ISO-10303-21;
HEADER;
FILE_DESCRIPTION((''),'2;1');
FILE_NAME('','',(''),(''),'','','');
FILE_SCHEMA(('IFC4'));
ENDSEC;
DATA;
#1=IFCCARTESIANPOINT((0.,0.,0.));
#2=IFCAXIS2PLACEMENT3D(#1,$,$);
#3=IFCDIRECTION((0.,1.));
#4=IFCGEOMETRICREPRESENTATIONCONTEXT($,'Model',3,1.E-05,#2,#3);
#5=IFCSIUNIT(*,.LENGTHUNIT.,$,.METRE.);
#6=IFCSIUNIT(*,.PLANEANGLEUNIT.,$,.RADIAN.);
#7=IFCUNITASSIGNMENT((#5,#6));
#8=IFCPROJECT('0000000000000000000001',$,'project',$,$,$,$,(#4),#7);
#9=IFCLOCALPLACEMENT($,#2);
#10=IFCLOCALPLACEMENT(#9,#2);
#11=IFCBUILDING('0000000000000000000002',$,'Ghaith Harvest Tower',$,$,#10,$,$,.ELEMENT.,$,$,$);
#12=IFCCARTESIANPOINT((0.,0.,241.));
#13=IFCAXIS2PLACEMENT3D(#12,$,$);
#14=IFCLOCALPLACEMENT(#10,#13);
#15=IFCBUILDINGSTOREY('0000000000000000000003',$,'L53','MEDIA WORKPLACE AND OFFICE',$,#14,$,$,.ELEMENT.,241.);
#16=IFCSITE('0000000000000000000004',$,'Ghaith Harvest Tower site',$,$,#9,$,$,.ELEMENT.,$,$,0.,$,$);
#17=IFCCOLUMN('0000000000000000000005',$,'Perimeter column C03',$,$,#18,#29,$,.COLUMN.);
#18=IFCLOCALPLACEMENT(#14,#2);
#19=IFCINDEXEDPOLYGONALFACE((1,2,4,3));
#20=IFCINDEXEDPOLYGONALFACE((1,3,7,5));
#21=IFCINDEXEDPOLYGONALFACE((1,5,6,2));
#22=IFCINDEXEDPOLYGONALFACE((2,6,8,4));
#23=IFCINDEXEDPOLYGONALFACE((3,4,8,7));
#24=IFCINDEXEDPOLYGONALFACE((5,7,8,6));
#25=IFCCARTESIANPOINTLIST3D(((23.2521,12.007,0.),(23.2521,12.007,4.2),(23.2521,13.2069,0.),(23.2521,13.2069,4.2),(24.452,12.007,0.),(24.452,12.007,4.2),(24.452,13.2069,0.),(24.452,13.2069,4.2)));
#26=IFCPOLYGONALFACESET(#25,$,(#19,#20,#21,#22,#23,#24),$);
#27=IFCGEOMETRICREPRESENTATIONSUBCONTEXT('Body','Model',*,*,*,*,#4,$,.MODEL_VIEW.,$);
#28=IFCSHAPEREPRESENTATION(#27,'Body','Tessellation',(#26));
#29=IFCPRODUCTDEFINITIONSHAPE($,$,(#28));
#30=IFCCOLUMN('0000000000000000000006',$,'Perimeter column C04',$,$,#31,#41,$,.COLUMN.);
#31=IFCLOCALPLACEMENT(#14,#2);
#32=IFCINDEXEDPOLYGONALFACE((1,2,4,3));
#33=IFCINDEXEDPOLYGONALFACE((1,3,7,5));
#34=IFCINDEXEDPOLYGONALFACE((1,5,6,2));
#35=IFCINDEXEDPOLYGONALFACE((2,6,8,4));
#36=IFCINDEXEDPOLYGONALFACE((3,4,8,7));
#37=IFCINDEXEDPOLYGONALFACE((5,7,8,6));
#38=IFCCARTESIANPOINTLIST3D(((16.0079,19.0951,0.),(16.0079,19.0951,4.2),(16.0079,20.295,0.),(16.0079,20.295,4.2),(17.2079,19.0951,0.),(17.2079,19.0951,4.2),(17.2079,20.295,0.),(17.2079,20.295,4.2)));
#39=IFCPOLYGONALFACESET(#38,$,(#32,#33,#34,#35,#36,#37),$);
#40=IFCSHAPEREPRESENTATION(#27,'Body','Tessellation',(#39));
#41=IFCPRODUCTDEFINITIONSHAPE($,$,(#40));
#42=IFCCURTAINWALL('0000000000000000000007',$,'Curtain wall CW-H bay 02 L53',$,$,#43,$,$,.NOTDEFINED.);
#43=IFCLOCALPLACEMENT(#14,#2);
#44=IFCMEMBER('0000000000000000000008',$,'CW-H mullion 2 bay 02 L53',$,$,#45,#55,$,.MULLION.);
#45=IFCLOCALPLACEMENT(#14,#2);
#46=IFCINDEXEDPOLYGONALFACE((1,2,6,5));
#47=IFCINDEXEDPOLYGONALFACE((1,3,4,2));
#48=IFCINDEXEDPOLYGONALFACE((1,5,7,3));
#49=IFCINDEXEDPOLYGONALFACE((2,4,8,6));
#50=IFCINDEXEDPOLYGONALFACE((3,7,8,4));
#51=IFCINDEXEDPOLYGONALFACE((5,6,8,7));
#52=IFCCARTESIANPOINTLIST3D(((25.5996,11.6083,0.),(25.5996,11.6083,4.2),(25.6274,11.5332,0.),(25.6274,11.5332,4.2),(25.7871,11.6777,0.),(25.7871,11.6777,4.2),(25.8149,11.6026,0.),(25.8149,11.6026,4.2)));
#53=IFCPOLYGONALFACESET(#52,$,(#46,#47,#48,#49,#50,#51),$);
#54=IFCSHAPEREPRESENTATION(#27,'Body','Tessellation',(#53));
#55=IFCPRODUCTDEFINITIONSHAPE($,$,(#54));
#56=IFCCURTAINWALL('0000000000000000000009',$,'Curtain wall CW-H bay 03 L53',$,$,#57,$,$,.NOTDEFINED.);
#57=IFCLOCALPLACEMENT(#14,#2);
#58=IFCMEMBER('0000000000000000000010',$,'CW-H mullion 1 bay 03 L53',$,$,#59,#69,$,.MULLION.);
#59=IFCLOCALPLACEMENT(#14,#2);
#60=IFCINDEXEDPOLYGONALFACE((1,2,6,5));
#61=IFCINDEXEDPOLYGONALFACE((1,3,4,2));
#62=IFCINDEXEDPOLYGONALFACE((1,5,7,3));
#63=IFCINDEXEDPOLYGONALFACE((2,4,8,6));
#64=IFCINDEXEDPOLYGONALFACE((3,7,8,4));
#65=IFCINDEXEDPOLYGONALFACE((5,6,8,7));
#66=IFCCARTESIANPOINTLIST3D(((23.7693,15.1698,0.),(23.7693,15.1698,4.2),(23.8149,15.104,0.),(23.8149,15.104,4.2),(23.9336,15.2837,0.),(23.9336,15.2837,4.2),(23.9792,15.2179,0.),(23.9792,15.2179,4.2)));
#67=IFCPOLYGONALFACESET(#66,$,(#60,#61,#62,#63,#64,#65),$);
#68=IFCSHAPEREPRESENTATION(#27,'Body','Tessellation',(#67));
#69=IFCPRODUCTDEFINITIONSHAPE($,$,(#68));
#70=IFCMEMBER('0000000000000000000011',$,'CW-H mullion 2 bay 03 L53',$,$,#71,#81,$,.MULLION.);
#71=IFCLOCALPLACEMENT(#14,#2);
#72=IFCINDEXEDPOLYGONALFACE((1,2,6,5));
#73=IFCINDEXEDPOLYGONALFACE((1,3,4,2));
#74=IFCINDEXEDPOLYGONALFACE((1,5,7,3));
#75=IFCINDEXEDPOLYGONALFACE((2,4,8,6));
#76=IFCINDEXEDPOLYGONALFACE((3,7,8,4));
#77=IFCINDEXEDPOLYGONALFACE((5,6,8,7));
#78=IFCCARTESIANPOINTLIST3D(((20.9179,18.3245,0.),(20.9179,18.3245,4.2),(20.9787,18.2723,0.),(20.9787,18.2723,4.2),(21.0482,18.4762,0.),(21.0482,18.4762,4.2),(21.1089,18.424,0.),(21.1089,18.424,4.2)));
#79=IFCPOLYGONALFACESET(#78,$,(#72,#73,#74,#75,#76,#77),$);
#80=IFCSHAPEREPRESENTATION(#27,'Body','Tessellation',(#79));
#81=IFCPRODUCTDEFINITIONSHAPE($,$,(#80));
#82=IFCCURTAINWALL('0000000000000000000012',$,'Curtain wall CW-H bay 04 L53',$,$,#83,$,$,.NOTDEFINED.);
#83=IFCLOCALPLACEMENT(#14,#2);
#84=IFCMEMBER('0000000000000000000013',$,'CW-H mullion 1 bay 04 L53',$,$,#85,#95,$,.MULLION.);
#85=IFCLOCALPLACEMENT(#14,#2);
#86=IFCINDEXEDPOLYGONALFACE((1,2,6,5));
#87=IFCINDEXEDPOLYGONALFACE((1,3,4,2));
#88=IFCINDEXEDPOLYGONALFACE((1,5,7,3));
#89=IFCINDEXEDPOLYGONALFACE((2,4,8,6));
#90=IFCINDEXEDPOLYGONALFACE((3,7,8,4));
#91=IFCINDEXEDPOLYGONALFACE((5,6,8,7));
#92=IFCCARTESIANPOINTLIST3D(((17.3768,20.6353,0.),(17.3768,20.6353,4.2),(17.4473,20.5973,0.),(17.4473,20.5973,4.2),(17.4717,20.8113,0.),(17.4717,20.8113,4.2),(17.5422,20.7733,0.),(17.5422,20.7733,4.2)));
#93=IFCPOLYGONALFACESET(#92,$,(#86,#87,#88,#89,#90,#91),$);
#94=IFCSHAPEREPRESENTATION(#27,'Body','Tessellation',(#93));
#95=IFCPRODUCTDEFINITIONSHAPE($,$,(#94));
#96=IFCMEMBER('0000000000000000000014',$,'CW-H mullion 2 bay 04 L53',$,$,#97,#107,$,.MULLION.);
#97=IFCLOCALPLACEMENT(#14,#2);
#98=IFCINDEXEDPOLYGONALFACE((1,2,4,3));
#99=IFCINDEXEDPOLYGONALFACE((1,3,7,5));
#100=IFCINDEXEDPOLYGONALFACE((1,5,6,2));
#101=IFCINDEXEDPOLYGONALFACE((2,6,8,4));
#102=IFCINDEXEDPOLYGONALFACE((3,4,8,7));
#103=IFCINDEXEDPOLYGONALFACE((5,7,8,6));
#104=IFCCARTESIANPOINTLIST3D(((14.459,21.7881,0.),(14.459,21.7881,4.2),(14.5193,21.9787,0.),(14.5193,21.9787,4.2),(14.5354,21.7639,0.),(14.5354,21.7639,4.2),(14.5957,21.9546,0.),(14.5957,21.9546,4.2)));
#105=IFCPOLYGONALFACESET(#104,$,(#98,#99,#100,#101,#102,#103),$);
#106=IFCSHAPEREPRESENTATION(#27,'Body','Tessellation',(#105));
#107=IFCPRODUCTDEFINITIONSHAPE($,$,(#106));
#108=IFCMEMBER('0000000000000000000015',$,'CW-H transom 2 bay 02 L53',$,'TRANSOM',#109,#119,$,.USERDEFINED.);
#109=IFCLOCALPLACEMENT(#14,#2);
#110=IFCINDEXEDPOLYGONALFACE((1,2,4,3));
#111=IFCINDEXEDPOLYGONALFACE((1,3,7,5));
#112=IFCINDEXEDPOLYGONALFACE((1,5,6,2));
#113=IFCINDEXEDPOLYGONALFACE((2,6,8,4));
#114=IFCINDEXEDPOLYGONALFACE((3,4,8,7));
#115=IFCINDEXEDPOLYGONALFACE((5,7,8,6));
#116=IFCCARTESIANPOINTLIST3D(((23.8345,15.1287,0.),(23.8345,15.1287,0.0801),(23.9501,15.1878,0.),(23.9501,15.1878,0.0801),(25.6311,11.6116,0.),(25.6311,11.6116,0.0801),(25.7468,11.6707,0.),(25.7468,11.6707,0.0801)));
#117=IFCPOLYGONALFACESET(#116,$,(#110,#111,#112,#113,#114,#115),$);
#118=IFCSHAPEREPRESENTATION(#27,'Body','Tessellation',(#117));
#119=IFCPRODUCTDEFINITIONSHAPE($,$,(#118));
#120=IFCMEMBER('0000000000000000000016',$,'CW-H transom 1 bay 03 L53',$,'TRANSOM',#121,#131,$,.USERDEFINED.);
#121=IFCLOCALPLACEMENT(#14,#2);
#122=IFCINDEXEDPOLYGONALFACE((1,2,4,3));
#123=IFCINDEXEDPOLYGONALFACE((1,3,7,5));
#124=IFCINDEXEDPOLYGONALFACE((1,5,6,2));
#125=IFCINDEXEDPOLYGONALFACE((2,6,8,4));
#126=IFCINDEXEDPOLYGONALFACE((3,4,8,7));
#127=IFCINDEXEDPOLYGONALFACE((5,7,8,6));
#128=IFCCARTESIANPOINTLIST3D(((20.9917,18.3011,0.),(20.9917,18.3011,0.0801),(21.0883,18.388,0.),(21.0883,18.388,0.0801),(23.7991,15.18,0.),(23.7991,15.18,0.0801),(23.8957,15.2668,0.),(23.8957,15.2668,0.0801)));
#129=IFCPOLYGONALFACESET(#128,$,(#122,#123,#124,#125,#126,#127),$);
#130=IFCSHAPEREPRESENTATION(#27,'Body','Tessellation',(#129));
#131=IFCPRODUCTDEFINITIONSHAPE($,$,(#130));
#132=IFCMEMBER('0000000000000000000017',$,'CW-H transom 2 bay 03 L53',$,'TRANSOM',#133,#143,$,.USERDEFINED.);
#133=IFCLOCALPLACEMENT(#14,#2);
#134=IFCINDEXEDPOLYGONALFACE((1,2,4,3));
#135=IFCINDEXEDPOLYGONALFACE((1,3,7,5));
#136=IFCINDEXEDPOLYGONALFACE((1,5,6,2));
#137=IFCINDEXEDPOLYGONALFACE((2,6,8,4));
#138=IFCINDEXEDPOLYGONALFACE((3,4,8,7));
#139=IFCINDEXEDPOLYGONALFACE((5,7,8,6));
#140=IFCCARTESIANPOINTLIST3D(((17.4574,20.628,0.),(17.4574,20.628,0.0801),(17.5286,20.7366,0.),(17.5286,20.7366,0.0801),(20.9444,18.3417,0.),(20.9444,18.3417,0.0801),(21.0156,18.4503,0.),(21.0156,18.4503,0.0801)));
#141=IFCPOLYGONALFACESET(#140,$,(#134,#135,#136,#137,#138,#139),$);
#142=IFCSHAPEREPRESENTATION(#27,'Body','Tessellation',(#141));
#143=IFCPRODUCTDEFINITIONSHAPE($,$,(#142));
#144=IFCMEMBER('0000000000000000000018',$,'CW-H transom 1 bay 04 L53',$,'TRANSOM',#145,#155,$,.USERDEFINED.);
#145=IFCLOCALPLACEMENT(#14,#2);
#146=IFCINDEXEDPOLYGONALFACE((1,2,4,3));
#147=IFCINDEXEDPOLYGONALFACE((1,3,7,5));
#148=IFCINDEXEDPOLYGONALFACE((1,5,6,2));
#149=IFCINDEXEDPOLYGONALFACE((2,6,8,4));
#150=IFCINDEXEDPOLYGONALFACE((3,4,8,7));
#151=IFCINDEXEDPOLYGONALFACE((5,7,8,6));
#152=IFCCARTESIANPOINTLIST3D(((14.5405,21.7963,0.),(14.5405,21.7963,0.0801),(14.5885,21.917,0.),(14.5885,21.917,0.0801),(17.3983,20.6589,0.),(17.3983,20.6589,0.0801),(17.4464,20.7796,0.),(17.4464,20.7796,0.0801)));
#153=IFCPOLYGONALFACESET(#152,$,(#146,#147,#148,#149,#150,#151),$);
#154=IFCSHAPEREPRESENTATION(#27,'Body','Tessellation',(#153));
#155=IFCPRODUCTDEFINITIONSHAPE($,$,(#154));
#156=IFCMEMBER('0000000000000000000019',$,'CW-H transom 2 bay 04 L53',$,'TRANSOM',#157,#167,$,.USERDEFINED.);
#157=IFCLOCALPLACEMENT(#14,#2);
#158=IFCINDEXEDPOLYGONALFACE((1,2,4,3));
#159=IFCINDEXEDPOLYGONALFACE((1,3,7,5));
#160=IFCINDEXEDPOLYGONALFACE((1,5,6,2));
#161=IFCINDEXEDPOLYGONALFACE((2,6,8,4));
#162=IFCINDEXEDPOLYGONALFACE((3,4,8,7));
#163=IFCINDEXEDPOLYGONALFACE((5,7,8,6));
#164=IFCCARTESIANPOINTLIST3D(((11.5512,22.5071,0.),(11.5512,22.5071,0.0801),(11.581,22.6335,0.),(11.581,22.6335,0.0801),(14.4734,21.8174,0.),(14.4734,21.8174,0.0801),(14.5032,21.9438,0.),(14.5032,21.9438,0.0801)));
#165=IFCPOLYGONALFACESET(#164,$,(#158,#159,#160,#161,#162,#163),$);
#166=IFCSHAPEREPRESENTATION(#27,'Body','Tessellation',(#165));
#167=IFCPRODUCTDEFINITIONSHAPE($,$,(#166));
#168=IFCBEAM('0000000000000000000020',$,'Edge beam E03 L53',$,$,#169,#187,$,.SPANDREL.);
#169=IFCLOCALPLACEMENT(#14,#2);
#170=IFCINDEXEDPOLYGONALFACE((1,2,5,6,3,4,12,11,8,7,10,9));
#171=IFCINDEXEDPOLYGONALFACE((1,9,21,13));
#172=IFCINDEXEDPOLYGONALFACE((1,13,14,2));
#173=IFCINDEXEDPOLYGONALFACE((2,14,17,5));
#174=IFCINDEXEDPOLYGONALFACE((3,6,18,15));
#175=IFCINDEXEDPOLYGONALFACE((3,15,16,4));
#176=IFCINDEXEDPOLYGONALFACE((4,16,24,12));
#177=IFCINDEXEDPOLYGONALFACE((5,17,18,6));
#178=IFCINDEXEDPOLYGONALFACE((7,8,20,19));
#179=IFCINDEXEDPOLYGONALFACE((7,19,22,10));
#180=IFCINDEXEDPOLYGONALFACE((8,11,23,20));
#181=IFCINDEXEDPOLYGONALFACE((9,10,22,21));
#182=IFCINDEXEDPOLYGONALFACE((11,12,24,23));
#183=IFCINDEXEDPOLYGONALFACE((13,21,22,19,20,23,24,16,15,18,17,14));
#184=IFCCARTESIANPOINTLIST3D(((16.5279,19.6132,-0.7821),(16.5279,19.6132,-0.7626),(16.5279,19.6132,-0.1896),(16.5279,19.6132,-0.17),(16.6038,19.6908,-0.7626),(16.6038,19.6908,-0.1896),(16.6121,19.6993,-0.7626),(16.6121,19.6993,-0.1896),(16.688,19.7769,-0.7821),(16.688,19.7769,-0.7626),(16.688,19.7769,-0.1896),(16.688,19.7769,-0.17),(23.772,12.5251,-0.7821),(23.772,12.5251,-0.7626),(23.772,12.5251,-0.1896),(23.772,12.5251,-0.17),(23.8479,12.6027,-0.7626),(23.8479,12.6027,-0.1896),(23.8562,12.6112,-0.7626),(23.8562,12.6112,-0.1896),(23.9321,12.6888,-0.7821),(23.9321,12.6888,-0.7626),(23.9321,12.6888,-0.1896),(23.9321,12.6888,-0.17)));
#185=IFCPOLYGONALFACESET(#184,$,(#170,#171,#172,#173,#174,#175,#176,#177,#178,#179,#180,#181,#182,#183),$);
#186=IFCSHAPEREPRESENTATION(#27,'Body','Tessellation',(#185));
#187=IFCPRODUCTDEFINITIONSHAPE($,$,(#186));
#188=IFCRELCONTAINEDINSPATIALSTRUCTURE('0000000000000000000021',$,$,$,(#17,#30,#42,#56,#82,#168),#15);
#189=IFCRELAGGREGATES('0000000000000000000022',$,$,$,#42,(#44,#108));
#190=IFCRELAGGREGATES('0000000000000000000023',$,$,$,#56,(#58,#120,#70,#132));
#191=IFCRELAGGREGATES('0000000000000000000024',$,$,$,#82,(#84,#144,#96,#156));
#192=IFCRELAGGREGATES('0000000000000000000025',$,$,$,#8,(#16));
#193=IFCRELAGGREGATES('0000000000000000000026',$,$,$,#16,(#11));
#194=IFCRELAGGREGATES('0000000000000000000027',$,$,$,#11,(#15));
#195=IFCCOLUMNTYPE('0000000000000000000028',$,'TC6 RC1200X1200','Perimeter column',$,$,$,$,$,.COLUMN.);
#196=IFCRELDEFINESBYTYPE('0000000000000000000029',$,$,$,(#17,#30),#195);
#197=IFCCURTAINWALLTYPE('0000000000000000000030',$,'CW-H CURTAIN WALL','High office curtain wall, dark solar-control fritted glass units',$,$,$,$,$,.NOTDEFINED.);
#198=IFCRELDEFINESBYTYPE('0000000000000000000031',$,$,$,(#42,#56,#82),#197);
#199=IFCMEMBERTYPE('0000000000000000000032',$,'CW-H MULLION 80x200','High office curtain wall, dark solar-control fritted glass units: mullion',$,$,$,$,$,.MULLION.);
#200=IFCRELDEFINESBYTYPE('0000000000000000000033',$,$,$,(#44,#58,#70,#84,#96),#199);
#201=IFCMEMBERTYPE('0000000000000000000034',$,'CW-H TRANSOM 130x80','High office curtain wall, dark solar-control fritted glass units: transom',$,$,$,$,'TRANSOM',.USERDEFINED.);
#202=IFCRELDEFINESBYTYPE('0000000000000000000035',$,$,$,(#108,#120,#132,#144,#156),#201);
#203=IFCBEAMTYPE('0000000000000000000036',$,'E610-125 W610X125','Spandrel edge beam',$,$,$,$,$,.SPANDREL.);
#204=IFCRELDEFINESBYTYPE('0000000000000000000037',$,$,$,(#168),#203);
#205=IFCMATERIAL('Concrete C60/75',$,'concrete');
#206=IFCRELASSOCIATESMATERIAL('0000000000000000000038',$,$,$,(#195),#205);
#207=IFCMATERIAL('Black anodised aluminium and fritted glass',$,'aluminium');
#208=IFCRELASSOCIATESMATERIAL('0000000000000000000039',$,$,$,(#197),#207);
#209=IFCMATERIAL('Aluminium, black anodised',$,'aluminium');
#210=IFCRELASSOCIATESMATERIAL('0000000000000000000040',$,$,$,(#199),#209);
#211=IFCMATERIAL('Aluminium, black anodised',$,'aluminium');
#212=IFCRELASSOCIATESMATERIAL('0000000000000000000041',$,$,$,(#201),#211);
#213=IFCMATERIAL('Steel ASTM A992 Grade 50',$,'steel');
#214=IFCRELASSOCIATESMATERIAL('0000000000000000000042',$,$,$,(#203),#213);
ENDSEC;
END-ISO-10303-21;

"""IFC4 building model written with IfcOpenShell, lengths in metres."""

from ifc_helpers import new_model, si_unit, direction, frame, origin, origin_2d, place, context, subcontext, project, spatial, rectangle, i_section, extrude, material, material_profile, profile_set, type_object, element, aggregate, save


model = new_model("IFC4")

# Units and contexts
model_context = context("Model", 3, precision=1e-05, world=origin(), true_north=direction((0.0, 1.0)))
body_context = subcontext(model_context, "Body", "Model", "MODEL_VIEW")
ifc_project = project(units=[si_unit("LENGTHUNIT", "METRE"), si_unit("PLANEANGLEUNIT", "RADIAN")], contexts=[model_context])

# Site, building, storey
site_placement = place(None, origin())
site = spatial("IfcSite", under=ifc_project, at=site_placement, Name="Ghaith Harvest Tower site", CompositionType="ELEMENT", RefElevation=0.0)
building_placement = place(site_placement, origin())
building = spatial("IfcBuilding", under=site, at=building_placement, Name="Ghaith Harvest Tower", CompositionType="ELEMENT")
storey_placement = place(building_placement, frame((0.0, 0.0, 241.0)))
storey = spatial("IfcBuildingStorey", under=building, at=storey_placement, Name="L53", Description="MEDIA WORKPLACE AND OFFICE", CompositionType="ELEMENT", Elevation=241.0)

# Columns
ifc_material_1 = material(Name="Concrete C60/75", Category="concrete")
ifc_material_profile_1 = material_profile(ifc_material_1, rectangle(XDim=1.2, YDim=1.2, at=origin_2d()), Name="RC1200X1200")
ifc_profile_set_1 = profile_set([ifc_material_profile_1], Name="Concrete C60/75")
column_type = type_object("IfcColumnType", Name="TC6 RC1200X1200", Description="Perimeter column", PredefinedType="COLUMN", material=ifc_profile_set_1)
for number, where, z_axis, x_axis, name in (
    (1, (23.8521, 12.6069, 0.0), (0.0, 0.0, 1.0), (1.0, 0.0, 0.0), "Perimeter column C03"),
    (2, (16.6079, 19.6951, 0.0), (0.0, 0.0, 1.0), (1.0, 0.0, 0.0), "Perimeter column C04"),
):
    element("IfcColumn", number, at=place(storey_placement, frame(where, z_axis=z_axis, x_axis=x_axis)), inside=storey, type_object=column_type, Name=name, PredefinedType="COLUMN", context=body_context, shape_type="SweptSolid", body=[
        extrude(rectangle(XDim=1.2, YDim=1.2, at=origin_2d()), origin(), (0.0, 0.0, 1.0), 4.2),
    ])

# Curtain wall, member
ifc_material_2 = material(Name="Black anodised aluminium and fritted glass", Category="aluminium")
curtain_wall_type = type_object("IfcCurtainWallType", Name="CW-H CURTAIN WALL", Description="High office curtain wall, dark solar-control fritted glass units", PredefinedType="NOTDEFINED", material=ifc_material_2)
curtain_wall_1_placement = place(storey_placement, origin())
curtain_wall_1 = element("IfcCurtainWall", 3, at=curtain_wall_1_placement, inside=storey, type_object=curtain_wall_type, Name="Curtain wall CW-H bay 02 L53", PredefinedType="NOTDEFINED")
ifc_material_3 = material(Name="Aluminium, black anodised", Category="aluminium")
ifc_material_profile_2 = material_profile(ifc_material_3, rectangle(XDim=0.0801, YDim=0.2, at=origin_2d()), Name="CW-H MULLION 80x200")
ifc_profile_set_2 = profile_set([ifc_material_profile_2], Name="Aluminium, black anodised")
member_type_1 = type_object("IfcMemberType", Name="CW-H MULLION 80x200", Description="High office curtain wall, dark solar-control fritted glass units: mullion", PredefinedType="MULLION", material=ifc_profile_set_2)
member_1_placement = place(storey_placement, frame((25.7073, 11.6055, 0.0), z_axis=(0.0, 0.0, 1.0), x_axis=(-0.347012, 0.937861, 0.0)))
member_1 = element("IfcMember", 4, at=member_1_placement, type_object=member_type_1, Name="CW-H mullion 2 bay 02 L53", PredefinedType="MULLION", context=body_context, shape_type="SweptSolid", body=[
    extrude(rectangle(XDim=0.0801, YDim=0.2, at=origin_2d()), origin(), (0.0, 0.0, 1.0), 4.2),
])

# Curtain walls, members
curtain_wall_2_placement = place(storey_placement, origin())
curtain_wall_2 = element("IfcCurtainWall", 5, at=curtain_wall_2_placement, inside=storey, type_object=curtain_wall_type, Name="Curtain wall CW-H bay 03 L53", PredefinedType="NOTDEFINED")
member_2_placement = place(storey_placement, frame((23.8743, 15.1938, 0.0), z_axis=(0.0, 0.0, 1.0), x_axis=(-0.569847, 0.821751, 0.0)))
member_2 = element("IfcMember", 6, at=member_2_placement, type_object=member_type_1, Name="CW-H mullion 1 bay 03 L53", PredefinedType="MULLION", context=body_context, shape_type="SweptSolid", body=[
    extrude(rectangle(XDim=0.0801, YDim=0.2, at=origin_2d()), origin(), (0.0, 0.0, 1.0), 4.2),
])
member_3_placement = place(storey_placement, frame((21.0134, 18.3743, 0.0), z_axis=(0.0, 0.0, 1.0), x_axis=(-0.758541, 0.651625, 0.0)))
member_3 = element("IfcMember", 7, at=member_3_placement, type_object=member_type_1, Name="CW-H mullion 2 bay 03 L53", PredefinedType="MULLION", context=body_context, shape_type="SweptSolid", body=[
    extrude(rectangle(XDim=0.0801, YDim=0.2, at=origin_2d()), origin(), (0.0, 0.0, 1.0), 4.2),
])
curtain_wall_3_placement = place(storey_placement, origin())
curtain_wall_3 = element("IfcCurtainWall", 8, at=curtain_wall_3_placement, inside=storey, type_object=curtain_wall_type, Name="Curtain wall CW-H bay 04 L53", PredefinedType="NOTDEFINED")
member_4_placement = place(storey_placement, frame((17.4595, 20.7043, 0.0), z_axis=(0.0, 0.0, 1.0), x_axis=(-0.880203, 0.474597, 0.0)))
member_4 = element("IfcMember", 9, at=member_4_placement, type_object=member_type_1, Name="CW-H mullion 1 bay 04 L53", PredefinedType="MULLION", context=body_context, shape_type="SweptSolid", body=[
    extrude(rectangle(XDim=0.0801, YDim=0.2, at=origin_2d()), origin(), (0.0, 0.0, 1.0), 4.2),
])
member_5_placement = place(storey_placement, frame((14.5273, 21.8713, 0.0), z_axis=(0.0, 0.0, 1.0), x_axis=(-0.953503, 0.301384, 0.0)))
member_5 = element("IfcMember", 10, at=member_5_placement, type_object=member_type_1, Name="CW-H mullion 2 bay 04 L53", PredefinedType="MULLION", context=body_context, shape_type="SweptSolid", body=[
    extrude(rectangle(XDim=0.0801, YDim=0.2, at=origin_2d()), origin(), (0.0, 0.0, 1.0), 4.2),
])

# Members
ifc_material_4 = material(Name="Aluminium, black anodised", Category="aluminium")
ifc_material_profile_3 = material_profile(ifc_material_4, rectangle(XDim=0.1299, YDim=0.0801, at=origin_2d()), Name="CW-H TRANSOM 130x80")
ifc_profile_set_3 = profile_set([ifc_material_profile_3], Name="Aluminium, black anodised")
member_type_2 = type_object("IfcMemberType", Name="CW-H TRANSOM 130x80", Description="High office curtain wall, dark solar-control fritted glass units: transom", ElementType="TRANSOM", PredefinedType="USERDEFINED", material=ifc_profile_set_3)
member_6_placement = place(storey_placement, frame((25.689, 11.6411, 0.04), z_axis=(-0.454912, 0.890537, 0.0), x_axis=(-0.890537, -0.454912, 0.0)))
member_6 = element("IfcMember", 11, at=member_6_placement, type_object=member_type_2, Name="CW-H transom 2 bay 02 L53", ObjectType="TRANSOM", PredefinedType="USERDEFINED", context=body_context, shape_type="SweptSolid", body=[
    extrude(rectangle(XDim=0.1299, YDim=0.0801, at=origin_2d()), origin(), (0.0, 0.0, 1.0), 3.9495),
])
member_7_placement = place(storey_placement, frame((23.8474, 15.2234, 0.04), z_axis=(-0.668753, 0.743485, 0.0), x_axis=(-0.743485, -0.668753, 0.0)))
member_7 = element("IfcMember", 12, at=member_7_placement, type_object=member_type_2, Name="CW-H transom 1 bay 03 L53", ObjectType="TRANSOM", PredefinedType="USERDEFINED", context=body_context, shape_type="SweptSolid", body=[
    extrude(rectangle(XDim=0.1299, YDim=0.0801, at=origin_2d()), origin(), (0.0, 0.0, 1.0), 4.198),
])
member_8_placement = place(storey_placement, frame((20.98, 18.396, 0.04), z_axis=(-0.836269, 0.54832, 0.0), x_axis=(-0.54832, -0.836269, 0.0)))
member_8 = element("IfcMember", 13, at=member_8_placement, type_object=member_type_2, Name="CW-H transom 2 bay 03 L53", ObjectType="TRANSOM", PredefinedType="USERDEFINED", context=body_context, shape_type="SweptSolid", body=[
    extrude(rectangle(XDim=0.1299, YDim=0.0801, at=origin_2d()), origin(), (0.0, 0.0, 1.0), 4.1697),
])
member_9_placement = place(storey_placement, frame((17.4224, 20.7192, 0.04), z_axis=(-0.929116, 0.369789, 0.0), x_axis=(-0.369789, -0.929116, 0.0)))
member_9 = element("IfcMember", 14, at=member_9_placement, type_object=member_type_2, Name="CW-H transom 1 bay 04 L53", ObjectType="TRANSOM", PredefinedType="USERDEFINED", context=body_context, shape_type="SweptSolid", body=[
    extrude(rectangle(XDim=0.1299, YDim=0.0801, at=origin_2d()), origin(), (0.0, 0.0, 1.0), 3.0759),
])
member_10_placement = place(storey_placement, frame((14.4883, 21.8806, 0.04), z_axis=(-0.973258, 0.229715, 0.0), x_axis=(-0.229715, -0.973258, 0.0)))
member_10 = element("IfcMember", 15, at=member_10_placement, type_object=member_type_2, Name="CW-H transom 2 bay 04 L53", ObjectType="TRANSOM", PredefinedType="USERDEFINED", context=body_context, shape_type="SweptSolid", body=[
    extrude(rectangle(XDim=0.1299, YDim=0.0801, at=origin_2d()), origin(), (0.0, 0.0, 1.0), 3.0024),
])

# Beam
ifc_material_5 = material(Name="Steel ASTM A992 Grade 50", Category="steel")
ifc_material_profile_4 = material_profile(ifc_material_5, i_section(OverallWidth=0.229, OverallDepth=0.6121, WebThickness=0.012, FlangeThickness=0.0195, at=origin_2d()), Name="W610X125")
ifc_profile_set_4 = profile_set([ifc_material_profile_4], Name="Steel ASTM A992 Grade 50")
beam_type = type_object("IfcBeamType", Name="E610-125 W610X125", Description="Spandrel edge beam", PredefinedType="SPANDREL", material=ifc_profile_set_4)
beam_1_placement = place(storey_placement, frame((23.8521, 12.6069, -0.4761), z_axis=(-0.714761, 0.699369, 0.0), x_axis=(-0.699369, -0.714761, 0.0)))
element("IfcBeam", 16, at=beam_1_placement, inside=storey, type_object=beam_type, Name="Edge beam E03 L53", PredefinedType="SPANDREL", context=body_context, shape_type="SweptSolid", body=[
    extrude(i_section(OverallWidth=0.229, OverallDepth=0.6121, WebThickness=0.012, FlangeThickness=0.0195, at=origin_2d()), origin(), (0.0, 0.0, 1.0), 10.135),
])

aggregate(curtain_wall_1, [member_1, member_6])
aggregate(curtain_wall_2, [member_2, member_7, member_3, member_8])
aggregate(curtain_wall_3, [member_4, member_9, member_5, member_10])

save(model, "model.ifc")
